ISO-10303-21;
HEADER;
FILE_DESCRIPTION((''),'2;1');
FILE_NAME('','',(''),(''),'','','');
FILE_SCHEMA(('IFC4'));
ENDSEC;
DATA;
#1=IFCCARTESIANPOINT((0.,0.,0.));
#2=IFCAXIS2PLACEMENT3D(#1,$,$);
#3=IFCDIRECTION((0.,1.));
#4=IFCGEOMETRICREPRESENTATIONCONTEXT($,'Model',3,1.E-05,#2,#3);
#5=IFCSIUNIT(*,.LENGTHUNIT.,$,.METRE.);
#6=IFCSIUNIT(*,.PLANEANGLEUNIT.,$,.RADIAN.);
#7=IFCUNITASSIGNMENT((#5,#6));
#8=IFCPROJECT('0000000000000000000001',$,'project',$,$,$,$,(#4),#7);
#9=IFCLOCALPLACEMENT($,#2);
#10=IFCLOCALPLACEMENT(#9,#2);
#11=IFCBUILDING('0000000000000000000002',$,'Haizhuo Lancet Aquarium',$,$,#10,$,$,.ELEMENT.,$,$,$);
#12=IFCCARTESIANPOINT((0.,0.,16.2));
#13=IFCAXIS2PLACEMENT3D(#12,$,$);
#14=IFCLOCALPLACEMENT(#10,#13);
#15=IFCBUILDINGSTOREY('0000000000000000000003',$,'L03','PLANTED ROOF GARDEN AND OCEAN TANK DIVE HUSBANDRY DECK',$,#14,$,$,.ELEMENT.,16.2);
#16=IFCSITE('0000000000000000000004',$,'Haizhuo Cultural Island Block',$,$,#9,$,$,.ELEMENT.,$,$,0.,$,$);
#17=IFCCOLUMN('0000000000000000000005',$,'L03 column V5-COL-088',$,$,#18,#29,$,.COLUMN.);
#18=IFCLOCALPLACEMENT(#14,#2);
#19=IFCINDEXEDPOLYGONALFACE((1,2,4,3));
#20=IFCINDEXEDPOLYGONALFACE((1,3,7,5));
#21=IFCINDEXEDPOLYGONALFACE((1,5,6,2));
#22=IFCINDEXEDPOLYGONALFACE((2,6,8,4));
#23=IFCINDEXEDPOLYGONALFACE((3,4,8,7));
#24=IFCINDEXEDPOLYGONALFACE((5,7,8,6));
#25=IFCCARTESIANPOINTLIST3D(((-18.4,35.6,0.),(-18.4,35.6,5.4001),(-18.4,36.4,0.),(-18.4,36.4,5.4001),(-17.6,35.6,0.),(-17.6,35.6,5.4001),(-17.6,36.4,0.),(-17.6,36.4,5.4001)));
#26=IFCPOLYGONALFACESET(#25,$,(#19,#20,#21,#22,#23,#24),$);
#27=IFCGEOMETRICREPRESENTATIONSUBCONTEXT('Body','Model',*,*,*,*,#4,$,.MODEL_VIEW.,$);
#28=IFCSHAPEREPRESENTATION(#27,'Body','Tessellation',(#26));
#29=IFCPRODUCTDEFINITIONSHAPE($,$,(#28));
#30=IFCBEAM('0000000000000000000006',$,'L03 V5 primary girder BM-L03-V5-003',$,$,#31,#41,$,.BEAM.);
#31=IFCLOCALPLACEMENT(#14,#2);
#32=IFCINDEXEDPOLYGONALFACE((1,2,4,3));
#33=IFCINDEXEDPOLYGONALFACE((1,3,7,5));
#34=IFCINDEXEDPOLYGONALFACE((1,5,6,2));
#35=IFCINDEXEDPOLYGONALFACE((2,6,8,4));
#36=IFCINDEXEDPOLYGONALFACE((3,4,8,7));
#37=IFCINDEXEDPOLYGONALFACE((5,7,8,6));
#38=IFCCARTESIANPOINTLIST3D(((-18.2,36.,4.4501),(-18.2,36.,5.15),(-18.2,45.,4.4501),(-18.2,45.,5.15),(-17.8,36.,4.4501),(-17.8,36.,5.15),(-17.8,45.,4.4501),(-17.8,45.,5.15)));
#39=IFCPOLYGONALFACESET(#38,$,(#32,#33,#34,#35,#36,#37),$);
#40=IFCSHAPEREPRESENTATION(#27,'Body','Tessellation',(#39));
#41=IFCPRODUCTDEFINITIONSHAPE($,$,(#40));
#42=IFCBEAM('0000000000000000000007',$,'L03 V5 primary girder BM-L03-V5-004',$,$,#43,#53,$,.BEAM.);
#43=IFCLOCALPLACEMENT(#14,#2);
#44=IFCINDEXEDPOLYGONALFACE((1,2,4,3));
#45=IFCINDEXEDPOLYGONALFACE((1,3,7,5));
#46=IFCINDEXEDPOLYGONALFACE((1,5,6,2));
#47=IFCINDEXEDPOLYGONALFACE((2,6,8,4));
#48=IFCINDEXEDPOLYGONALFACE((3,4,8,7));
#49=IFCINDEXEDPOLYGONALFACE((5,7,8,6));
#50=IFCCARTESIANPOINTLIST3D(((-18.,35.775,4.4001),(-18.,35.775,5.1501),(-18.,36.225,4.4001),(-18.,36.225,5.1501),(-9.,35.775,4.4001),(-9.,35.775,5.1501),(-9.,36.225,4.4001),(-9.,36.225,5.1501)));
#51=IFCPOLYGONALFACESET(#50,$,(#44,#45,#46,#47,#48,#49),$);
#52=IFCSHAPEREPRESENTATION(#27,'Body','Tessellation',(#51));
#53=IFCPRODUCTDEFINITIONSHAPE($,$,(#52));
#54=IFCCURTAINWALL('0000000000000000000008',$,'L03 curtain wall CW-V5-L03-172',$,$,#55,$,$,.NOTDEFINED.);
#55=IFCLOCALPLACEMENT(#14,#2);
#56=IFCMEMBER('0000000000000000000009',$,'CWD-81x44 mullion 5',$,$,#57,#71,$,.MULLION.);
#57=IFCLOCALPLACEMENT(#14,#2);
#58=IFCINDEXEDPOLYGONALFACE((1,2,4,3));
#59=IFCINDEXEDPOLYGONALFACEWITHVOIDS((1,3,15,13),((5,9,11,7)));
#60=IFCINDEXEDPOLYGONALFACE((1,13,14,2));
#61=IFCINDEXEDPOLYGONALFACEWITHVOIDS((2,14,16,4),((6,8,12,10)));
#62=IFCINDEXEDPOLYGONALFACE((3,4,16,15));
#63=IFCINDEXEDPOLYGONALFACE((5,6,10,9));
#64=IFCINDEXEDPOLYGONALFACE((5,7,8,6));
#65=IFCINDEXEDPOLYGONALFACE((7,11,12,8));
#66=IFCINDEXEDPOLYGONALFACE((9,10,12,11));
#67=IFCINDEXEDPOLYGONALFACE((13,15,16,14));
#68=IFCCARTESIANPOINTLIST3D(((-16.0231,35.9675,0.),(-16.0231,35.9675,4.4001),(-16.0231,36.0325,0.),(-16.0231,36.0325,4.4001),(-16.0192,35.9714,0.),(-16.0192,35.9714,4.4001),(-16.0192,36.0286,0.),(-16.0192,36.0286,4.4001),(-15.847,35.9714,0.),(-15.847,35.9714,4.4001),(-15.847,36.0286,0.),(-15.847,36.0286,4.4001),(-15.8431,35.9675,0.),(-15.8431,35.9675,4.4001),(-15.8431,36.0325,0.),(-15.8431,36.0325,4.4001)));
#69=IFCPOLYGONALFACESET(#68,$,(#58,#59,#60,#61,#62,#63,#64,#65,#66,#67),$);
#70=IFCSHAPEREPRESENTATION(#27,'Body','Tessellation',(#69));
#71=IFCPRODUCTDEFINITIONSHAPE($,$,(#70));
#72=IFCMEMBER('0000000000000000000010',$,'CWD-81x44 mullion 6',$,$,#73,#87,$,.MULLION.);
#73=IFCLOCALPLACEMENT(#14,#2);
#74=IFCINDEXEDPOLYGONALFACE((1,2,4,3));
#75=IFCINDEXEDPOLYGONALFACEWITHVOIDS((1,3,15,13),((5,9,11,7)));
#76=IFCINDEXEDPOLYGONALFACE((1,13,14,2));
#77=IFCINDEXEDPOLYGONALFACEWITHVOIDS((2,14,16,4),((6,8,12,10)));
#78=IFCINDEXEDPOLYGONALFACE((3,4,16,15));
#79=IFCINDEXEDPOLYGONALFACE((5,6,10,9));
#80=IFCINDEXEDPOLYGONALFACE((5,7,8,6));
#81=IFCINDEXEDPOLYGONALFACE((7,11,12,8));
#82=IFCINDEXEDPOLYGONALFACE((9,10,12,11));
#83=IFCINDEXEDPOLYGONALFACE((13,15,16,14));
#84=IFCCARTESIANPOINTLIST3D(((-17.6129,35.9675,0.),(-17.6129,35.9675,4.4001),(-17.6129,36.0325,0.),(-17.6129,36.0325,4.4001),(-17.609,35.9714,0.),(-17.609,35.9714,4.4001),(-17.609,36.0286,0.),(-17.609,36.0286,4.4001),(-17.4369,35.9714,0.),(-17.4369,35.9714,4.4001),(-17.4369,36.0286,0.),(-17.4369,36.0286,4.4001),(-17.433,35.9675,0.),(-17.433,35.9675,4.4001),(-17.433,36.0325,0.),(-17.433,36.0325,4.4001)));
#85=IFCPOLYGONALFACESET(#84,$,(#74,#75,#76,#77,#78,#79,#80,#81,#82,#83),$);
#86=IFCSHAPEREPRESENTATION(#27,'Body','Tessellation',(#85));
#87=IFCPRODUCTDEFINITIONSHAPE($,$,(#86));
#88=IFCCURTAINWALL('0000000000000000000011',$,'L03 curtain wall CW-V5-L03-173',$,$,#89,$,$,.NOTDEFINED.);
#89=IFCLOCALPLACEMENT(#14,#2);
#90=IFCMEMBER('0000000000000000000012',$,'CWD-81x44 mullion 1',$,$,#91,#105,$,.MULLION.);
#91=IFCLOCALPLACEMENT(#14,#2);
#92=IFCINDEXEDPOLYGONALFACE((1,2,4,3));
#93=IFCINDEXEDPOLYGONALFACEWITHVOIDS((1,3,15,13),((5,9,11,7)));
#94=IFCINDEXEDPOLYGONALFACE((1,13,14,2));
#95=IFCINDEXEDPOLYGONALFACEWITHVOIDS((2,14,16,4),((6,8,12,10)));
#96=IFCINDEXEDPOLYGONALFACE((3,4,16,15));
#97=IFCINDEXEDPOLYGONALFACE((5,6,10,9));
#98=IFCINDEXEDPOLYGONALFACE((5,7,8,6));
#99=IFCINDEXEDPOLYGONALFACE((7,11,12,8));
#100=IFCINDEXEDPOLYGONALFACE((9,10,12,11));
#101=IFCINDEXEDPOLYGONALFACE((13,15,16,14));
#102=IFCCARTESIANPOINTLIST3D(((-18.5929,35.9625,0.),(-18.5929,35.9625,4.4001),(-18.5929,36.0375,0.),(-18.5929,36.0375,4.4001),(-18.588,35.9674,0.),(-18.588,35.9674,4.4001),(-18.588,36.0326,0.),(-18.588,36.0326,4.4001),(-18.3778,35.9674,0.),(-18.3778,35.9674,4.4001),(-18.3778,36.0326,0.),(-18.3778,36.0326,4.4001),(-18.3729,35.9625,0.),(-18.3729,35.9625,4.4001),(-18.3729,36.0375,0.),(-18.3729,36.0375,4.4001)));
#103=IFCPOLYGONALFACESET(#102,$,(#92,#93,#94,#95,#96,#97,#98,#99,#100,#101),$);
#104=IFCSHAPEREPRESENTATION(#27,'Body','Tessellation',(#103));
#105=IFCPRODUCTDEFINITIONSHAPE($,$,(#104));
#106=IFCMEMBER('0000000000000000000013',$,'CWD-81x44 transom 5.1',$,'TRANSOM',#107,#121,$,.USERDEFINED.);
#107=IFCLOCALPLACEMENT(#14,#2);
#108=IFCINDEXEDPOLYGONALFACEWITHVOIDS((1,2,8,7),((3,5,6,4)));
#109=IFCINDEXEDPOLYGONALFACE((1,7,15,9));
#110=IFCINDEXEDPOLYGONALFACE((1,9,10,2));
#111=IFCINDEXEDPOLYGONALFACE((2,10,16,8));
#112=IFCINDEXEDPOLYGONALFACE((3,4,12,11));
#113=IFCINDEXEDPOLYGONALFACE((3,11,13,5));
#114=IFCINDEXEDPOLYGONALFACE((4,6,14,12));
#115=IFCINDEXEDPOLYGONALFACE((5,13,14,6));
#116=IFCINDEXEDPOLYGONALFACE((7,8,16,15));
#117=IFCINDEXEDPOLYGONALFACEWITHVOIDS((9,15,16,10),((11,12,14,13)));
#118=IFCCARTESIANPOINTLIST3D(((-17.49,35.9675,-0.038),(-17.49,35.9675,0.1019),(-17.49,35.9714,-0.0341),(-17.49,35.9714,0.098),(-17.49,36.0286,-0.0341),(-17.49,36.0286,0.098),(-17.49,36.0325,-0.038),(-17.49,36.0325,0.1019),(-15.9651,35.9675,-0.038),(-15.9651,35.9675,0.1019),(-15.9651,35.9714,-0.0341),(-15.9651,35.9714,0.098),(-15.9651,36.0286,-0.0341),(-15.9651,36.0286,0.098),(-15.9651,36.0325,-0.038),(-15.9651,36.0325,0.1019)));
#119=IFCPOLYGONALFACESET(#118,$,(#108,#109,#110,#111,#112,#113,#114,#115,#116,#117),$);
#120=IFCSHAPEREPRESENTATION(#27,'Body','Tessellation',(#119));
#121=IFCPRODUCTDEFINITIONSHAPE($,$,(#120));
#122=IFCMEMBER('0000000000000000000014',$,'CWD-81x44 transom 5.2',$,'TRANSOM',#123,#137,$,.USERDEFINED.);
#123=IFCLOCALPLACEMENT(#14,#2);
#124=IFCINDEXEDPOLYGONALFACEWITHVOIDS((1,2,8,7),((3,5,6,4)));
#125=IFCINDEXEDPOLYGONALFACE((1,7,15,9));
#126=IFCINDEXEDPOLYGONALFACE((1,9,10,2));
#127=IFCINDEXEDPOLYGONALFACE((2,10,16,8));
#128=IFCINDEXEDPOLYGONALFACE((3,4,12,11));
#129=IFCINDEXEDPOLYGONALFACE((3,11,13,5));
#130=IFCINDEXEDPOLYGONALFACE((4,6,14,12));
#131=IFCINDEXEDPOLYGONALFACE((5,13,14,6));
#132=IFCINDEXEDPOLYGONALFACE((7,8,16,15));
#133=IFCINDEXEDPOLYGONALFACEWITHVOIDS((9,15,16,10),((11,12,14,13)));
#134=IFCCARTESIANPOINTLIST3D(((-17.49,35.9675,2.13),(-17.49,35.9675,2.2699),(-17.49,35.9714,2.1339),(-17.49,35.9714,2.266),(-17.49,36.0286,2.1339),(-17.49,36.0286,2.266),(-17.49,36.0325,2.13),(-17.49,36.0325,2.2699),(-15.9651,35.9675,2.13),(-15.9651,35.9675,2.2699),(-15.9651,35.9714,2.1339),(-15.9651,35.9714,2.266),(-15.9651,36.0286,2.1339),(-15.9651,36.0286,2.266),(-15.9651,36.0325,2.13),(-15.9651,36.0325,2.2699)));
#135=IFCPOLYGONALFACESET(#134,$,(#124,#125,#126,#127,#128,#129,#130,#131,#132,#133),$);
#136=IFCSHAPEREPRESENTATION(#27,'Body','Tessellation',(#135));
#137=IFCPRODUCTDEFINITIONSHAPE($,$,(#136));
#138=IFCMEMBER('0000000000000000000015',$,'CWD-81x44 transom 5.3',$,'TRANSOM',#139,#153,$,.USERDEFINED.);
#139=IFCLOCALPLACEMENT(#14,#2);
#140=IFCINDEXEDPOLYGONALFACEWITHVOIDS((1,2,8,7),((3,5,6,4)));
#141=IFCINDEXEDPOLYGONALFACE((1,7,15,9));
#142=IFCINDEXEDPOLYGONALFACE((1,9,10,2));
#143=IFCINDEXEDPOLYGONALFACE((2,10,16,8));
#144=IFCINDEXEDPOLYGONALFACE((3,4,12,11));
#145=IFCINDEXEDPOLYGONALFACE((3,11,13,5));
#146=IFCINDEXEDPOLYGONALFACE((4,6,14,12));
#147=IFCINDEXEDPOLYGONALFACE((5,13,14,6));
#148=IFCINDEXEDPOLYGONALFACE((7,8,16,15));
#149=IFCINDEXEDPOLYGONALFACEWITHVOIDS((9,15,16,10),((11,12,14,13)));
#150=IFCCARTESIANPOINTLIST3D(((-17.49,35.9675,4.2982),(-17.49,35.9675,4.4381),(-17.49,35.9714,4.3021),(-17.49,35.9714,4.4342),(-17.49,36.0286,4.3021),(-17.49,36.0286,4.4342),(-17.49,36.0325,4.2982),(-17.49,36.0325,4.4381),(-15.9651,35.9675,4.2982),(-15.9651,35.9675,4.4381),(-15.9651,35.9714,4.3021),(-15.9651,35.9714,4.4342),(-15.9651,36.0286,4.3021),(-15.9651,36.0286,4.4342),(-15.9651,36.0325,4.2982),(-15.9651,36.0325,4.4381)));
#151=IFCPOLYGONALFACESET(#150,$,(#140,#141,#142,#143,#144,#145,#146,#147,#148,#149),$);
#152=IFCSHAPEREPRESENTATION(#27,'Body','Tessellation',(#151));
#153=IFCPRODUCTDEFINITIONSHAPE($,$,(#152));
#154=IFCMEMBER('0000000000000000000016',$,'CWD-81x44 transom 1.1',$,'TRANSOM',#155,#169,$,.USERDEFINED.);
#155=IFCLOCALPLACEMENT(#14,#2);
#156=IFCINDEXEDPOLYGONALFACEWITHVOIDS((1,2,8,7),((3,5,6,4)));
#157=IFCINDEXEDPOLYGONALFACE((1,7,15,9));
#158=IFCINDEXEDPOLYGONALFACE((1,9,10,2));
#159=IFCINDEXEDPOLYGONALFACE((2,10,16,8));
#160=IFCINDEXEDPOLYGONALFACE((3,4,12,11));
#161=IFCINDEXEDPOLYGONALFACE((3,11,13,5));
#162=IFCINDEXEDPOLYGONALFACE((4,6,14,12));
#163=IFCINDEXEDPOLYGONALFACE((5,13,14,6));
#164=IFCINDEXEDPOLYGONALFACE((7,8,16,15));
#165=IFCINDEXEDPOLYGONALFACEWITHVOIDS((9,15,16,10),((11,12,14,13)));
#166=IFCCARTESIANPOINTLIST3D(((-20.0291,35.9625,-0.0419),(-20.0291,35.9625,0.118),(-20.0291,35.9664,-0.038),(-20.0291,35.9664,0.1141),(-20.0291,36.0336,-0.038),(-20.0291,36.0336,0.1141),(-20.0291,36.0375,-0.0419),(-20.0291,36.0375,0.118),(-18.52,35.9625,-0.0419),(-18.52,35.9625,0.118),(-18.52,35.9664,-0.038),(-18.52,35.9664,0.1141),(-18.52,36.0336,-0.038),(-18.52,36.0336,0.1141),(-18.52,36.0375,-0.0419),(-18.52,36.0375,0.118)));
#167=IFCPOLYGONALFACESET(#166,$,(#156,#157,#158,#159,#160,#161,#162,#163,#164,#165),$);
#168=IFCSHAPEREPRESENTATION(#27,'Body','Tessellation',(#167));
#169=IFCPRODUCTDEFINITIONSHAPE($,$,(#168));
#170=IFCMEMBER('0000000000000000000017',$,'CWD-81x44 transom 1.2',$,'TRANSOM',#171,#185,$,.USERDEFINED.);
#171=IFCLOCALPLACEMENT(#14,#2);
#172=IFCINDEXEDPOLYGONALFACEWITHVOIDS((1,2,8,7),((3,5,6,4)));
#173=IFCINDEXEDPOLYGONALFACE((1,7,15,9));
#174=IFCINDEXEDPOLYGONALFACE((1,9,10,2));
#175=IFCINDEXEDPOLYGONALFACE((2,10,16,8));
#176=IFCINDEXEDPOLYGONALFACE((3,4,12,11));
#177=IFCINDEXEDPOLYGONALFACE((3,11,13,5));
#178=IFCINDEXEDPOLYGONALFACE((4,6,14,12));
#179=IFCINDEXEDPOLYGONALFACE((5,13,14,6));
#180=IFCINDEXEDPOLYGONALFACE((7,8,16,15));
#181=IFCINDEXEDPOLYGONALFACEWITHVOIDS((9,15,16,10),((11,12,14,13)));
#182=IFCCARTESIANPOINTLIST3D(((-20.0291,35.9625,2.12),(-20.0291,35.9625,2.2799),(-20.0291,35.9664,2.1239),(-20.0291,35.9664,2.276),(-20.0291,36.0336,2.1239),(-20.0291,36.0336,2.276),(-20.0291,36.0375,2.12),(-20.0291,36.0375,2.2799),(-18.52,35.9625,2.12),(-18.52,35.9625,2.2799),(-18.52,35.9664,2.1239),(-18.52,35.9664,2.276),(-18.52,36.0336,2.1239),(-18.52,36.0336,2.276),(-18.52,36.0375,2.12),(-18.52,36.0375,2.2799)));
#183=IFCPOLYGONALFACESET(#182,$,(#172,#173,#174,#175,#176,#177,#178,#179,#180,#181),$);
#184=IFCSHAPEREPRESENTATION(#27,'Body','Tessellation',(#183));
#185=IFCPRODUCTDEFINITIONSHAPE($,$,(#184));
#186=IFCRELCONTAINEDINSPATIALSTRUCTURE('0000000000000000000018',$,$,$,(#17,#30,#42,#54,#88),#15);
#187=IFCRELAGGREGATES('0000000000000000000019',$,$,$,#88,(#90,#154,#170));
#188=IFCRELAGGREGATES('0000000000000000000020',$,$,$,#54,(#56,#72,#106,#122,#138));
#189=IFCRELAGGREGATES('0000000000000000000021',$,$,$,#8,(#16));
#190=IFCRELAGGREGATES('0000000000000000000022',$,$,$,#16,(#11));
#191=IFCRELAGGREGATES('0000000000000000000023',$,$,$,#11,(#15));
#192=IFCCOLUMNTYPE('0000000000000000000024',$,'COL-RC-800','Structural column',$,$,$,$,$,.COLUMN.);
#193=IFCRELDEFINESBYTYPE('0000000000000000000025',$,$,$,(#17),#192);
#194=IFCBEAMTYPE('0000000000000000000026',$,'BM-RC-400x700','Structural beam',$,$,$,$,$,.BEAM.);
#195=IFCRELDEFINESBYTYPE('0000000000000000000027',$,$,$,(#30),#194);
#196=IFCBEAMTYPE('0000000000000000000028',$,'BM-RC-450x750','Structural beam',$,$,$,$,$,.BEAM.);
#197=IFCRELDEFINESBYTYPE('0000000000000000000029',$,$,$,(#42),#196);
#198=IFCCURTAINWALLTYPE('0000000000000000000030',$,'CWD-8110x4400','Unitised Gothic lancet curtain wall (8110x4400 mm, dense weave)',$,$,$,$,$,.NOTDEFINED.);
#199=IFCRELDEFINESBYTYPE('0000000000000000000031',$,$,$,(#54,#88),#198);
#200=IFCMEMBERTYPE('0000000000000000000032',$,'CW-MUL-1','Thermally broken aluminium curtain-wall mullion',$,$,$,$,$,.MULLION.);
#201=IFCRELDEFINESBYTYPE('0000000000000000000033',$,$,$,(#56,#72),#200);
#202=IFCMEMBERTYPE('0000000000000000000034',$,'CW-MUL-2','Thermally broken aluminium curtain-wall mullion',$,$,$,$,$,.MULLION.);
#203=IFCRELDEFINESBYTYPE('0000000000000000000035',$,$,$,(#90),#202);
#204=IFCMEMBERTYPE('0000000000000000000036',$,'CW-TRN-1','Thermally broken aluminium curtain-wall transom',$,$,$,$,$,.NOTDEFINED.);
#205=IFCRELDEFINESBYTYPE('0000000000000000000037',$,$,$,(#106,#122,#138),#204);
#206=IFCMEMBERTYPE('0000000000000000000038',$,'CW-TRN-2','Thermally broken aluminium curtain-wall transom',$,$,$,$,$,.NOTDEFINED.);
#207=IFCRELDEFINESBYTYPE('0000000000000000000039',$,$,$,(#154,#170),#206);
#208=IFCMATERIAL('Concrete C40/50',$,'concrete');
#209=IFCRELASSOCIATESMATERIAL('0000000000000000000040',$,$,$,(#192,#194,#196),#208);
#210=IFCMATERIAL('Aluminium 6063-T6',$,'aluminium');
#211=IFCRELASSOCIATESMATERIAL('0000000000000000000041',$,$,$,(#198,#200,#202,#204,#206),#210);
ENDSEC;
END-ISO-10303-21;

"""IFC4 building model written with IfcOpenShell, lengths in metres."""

from ifc_helpers import new_model, si_unit, direction, frame, origin, origin_2d, place, context, subcontext, project, spatial, rectangle, hollow_rectangle, extrude, material, material_profile, profile_set, type_object, element, aggregate, save


model = new_model("IFC4")

# Units and contexts
model_context = context("Model", 3, precision=1e-05, world=origin(), true_north=direction((0.0, 1.0)))
body_context = subcontext(model_context, "Body", "Model", "MODEL_VIEW")
ifc_project = project(units=[si_unit("LENGTHUNIT", "METRE"), si_unit("PLANEANGLEUNIT", "RADIAN")], contexts=[model_context])

# Site, building, storey
site_placement = place(None, origin())
site = spatial("IfcSite", under=ifc_project, at=site_placement, Name="Haizhuo Cultural Island Block", CompositionType="ELEMENT", RefElevation=0.0)
building_placement = place(site_placement, origin())
building = spatial("IfcBuilding", under=site, at=building_placement, Name="Haizhuo Lancet Aquarium", CompositionType="ELEMENT")
storey_placement = place(building_placement, frame((0.0, 0.0, 16.2)))
storey = spatial("IfcBuildingStorey", under=building, at=storey_placement, Name="L03", Description="PLANTED ROOF GARDEN AND OCEAN TANK DIVE HUSBANDRY DECK", CompositionType="ELEMENT", Elevation=16.2)

# Column
ifc_material_1 = material(Name="Concrete C40/50", Category="concrete")
ifc_material_profile_1 = material_profile(ifc_material_1, rectangle(XDim=0.8, YDim=0.8, at=origin_2d()), Name="RC-COL 800x800")
ifc_profile_set_1 = profile_set([ifc_material_profile_1], Name="Concrete C40/50")
column_type = type_object("IfcColumnType", Name="COL-RC-800", Description="Structural column", PredefinedType="COLUMN", material=ifc_profile_set_1)
column_placement = place(storey_placement, frame((-18.0, 36.0, 0.0), z_axis=(0.0, 0.0, 1.0), x_axis=(1.0, 0.0, 0.0)))
element("IfcColumn", 1, at=column_placement, inside=storey, type_object=column_type, Name="L03 column V5-COL-088", PredefinedType="COLUMN", context=body_context, shape_type="SweptSolid", body=[
    extrude(rectangle(XDim=0.8, YDim=0.8, at=origin_2d()), origin(), (0.0, 0.0, 1.0), 5.4001),
])

# Beams
ifc_material_profile_2 = material_profile(ifc_material_1, rectangle(XDim=0.3999, YDim=0.7, at=origin_2d()), Name="RC-BM 400x700")
ifc_profile_set_2 = profile_set([ifc_material_profile_2], Name="Concrete C40/50")
beam_type_1 = type_object("IfcBeamType", Name="BM-RC-400x700", Description="Structural beam", PredefinedType="BEAM", material=ifc_profile_set_2)
beam_1_placement = place(storey_placement, frame((-18.0, 36.0, 4.8), z_axis=(0.0, 1.0, 0.0), x_axis=(-1.0, 0.0, 0.0)))
element("IfcBeam", 2, at=beam_1_placement, inside=storey, type_object=beam_type_1, Name="L03 V5 primary girder BM-L03-V5-003", PredefinedType="BEAM", context=body_context, shape_type="SweptSolid", body=[
    extrude(rectangle(XDim=0.3999, YDim=0.7, at=origin_2d()), origin(), (0.0, 0.0, 1.0), 9.0),
])
ifc_material_profile_3 = material_profile(ifc_material_1, rectangle(XDim=0.45, YDim=0.75, at=origin_2d()), Name="RC-BM 450x750")
ifc_profile_set_3 = profile_set([ifc_material_profile_3], Name="Concrete C40/50")
beam_type_2 = type_object("IfcBeamType", Name="BM-RC-450x750", Description="Structural beam", PredefinedType="BEAM", material=ifc_profile_set_3)
beam_2_placement = place(storey_placement, frame((-18.0, 36.0, 4.7751), z_axis=(1.0, 0.0, 0.0), x_axis=(0.0, 1.0, 0.0)))
element("IfcBeam", 3, at=beam_2_placement, inside=storey, type_object=beam_type_2, Name="L03 V5 primary girder BM-L03-V5-004", PredefinedType="BEAM", context=body_context, shape_type="SweptSolid", body=[
    extrude(rectangle(XDim=0.45, YDim=0.75, at=origin_2d()), origin(), (0.0, 0.0, 1.0), 9.0),
])

# Curtain wall, members
ifc_material_2 = material(Name="Aluminium 6063-T6", Category="aluminium")
curtain_wall_type = type_object("IfcCurtainWallType", Name="CWD-8110x4400", Description="Unitised Gothic lancet curtain wall (8110x4400 mm, dense weave)", PredefinedType="NOTDEFINED", material=ifc_material_2)
curtain_wall_1_placement = place(storey_placement, origin())
curtain_wall_1 = element("IfcCurtainWall", 4, at=curtain_wall_1_placement, inside=storey, type_object=curtain_wall_type, Name="L03 curtain wall CW-V5-L03-172", PredefinedType="NOTDEFINED")
ifc_material_profile_4 = material_profile(ifc_material_2, hollow_rectangle(XDim=0.0649, YDim=0.1799, WallThickness=0.0039, at=origin_2d()), Name="ALU-M 65x180x4")
ifc_profile_set_4 = profile_set([ifc_material_profile_4], Name="Aluminium 6063-T6")
member_type_1 = type_object("IfcMemberType", Name="CW-MUL-1", Description="Thermally broken aluminium curtain-wall mullion", PredefinedType="MULLION", material=ifc_profile_set_4)
member_1_placement = place(storey_placement, frame((-15.9331, 36.0, 0.0), z_axis=(0.0, 0.0, 1.0), x_axis=(0.0, -1.0, 0.0)))
member_1 = element("IfcMember", 5, at=member_1_placement, type_object=member_type_1, Name="CWD-81x44 mullion 5", PredefinedType="MULLION", context=body_context, shape_type="SweptSolid", body=[
    extrude(hollow_rectangle(XDim=0.0649, YDim=0.1799, WallThickness=0.0039, at=origin_2d()), origin(), (0.0, 0.0, 1.0), 4.4001),
])
member_2_placement = place(storey_placement, frame((-17.5229, 36.0, 0.0), z_axis=(0.0, 0.0, 1.0), x_axis=(0.0, -1.0, 0.0)))
member_2 = element("IfcMember", 6, at=member_2_placement, type_object=member_type_1, Name="CWD-81x44 mullion 6", PredefinedType="MULLION", context=body_context, shape_type="SweptSolid", body=[
    extrude(hollow_rectangle(XDim=0.0649, YDim=0.1799, WallThickness=0.0039, at=origin_2d()), origin(), (0.0, 0.0, 1.0), 4.4001),
])

# Curtain wall, member
curtain_wall_2_placement = place(storey_placement, origin())
curtain_wall_2 = element("IfcCurtainWall", 7, at=curtain_wall_2_placement, inside=storey, type_object=curtain_wall_type, Name="L03 curtain wall CW-V5-L03-173", PredefinedType="NOTDEFINED")
ifc_material_profile_5 = material_profile(ifc_material_2, hollow_rectangle(XDim=0.075, YDim=0.22, WallThickness=0.0049, at=origin_2d()), Name="ALU-M 75x220x5")
ifc_profile_set_5 = profile_set([ifc_material_profile_5], Name="Aluminium 6063-T6")
member_type_2 = type_object("IfcMemberType", Name="CW-MUL-2", Description="Thermally broken aluminium curtain-wall mullion", PredefinedType="MULLION", material=ifc_profile_set_5)
member_3_placement = place(storey_placement, frame((-18.4829, 36.0, 0.0), z_axis=(0.0, 0.0, 1.0), x_axis=(0.0, -1.0, 0.0)))
member_3 = element("IfcMember", 8, at=member_3_placement, type_object=member_type_2, Name="CWD-81x44 mullion 1", PredefinedType="MULLION", context=body_context, shape_type="SweptSolid", body=[
    extrude(hollow_rectangle(XDim=0.075, YDim=0.22, WallThickness=0.0049, at=origin_2d()), origin(), (0.0, 0.0, 1.0), 4.4001),
])

# Members
ifc_material_profile_6 = material_profile(ifc_material_2, hollow_rectangle(XDim=0.0649, YDim=0.1399, WallThickness=0.0039, at=origin_2d()), Name="ALU-T 65x140x4")
ifc_profile_set_6 = profile_set([ifc_material_profile_6], Name="Aluminium 6063-T6")
member_type_3 = type_object("IfcMemberType", Name="CW-TRN-1", Description="Thermally broken aluminium curtain-wall transom", PredefinedType="NOTDEFINED", material=ifc_profile_set_6)
member_4_placement = place(storey_placement, frame((-15.9651, 36.0, 0.032), z_axis=(-1.0, 0.0, 0.0), x_axis=(0.0, -1.0, 0.0)))
member_4 = element("IfcMember", 9, at=member_4_placement, type_object=member_type_3, Name="CWD-81x44 transom 5.1", ObjectType="TRANSOM", PredefinedType="USERDEFINED", context=body_context, shape_type="SweptSolid", body=[
    extrude(hollow_rectangle(XDim=0.0649, YDim=0.1399, WallThickness=0.0039, at=origin_2d()), origin(), (0.0, 0.0, 1.0), 1.5249),
])
member_5_placement = place(storey_placement, frame((-15.9651, 36.0, 2.2), z_axis=(-1.0, 0.0, 0.0), x_axis=(0.0, -1.0, 0.0)))
member_5 = element("IfcMember", 10, at=member_5_placement, type_object=member_type_3, Name="CWD-81x44 transom 5.2", ObjectType="TRANSOM", PredefinedType="USERDEFINED", context=body_context, shape_type="SweptSolid", body=[
    extrude(hollow_rectangle(XDim=0.0649, YDim=0.1399, WallThickness=0.0039, at=origin_2d()), origin(), (0.0, 0.0, 1.0), 1.5249),
])
member_6_placement = place(storey_placement, frame((-15.9651, 36.0, 4.3682), z_axis=(-1.0, 0.0, 0.0), x_axis=(0.0, -1.0, 0.0)))
member_6 = element("IfcMember", 11, at=member_6_placement, type_object=member_type_3, Name="CWD-81x44 transom 5.3", ObjectType="TRANSOM", PredefinedType="USERDEFINED", context=body_context, shape_type="SweptSolid", body=[
    extrude(hollow_rectangle(XDim=0.0649, YDim=0.1399, WallThickness=0.0039, at=origin_2d()), origin(), (0.0, 0.0, 1.0), 1.5249),
])
ifc_material_profile_7 = material_profile(ifc_material_2, hollow_rectangle(XDim=0.075, YDim=0.1599, WallThickness=0.0039, at=origin_2d()), Name="ALU-T 75x160x4")
ifc_profile_set_7 = profile_set([ifc_material_profile_7], Name="Aluminium 6063-T6")
member_type_4 = type_object("IfcMemberType", Name="CW-TRN-2", Description="Thermally broken aluminium curtain-wall transom", PredefinedType="NOTDEFINED", material=ifc_profile_set_7)
member_7_placement = place(storey_placement, frame((-18.52, 36.0, 0.0381), z_axis=(-1.0, 0.0, 0.0), x_axis=(0.0, -1.0, 0.0)))
member_7 = element("IfcMember", 12, at=member_7_placement, type_object=member_type_4, Name="CWD-81x44 transom 1.1", ObjectType="TRANSOM", PredefinedType="USERDEFINED", context=body_context, shape_type="SweptSolid", body=[
    extrude(hollow_rectangle(XDim=0.075, YDim=0.1599, WallThickness=0.0039, at=origin_2d()), origin(), (0.0, 0.0, 1.0), 1.509),
])
member_8_placement = place(storey_placement, frame((-18.52, 36.0, 2.2), z_axis=(-1.0, 0.0, 0.0), x_axis=(0.0, -1.0, 0.0)))
member_8 = element("IfcMember", 13, at=member_8_placement, type_object=member_type_4, Name="CWD-81x44 transom 1.2", ObjectType="TRANSOM", PredefinedType="USERDEFINED", context=body_context, shape_type="SweptSolid", body=[
    extrude(hollow_rectangle(XDim=0.075, YDim=0.1599, WallThickness=0.0039, at=origin_2d()), origin(), (0.0, 0.0, 1.0), 1.509),
])

aggregate(curtain_wall_2, [member_3, member_7, member_8])
aggregate(curtain_wall_1, [member_1, member_2, member_4, member_5, member_6])

save(model, "model.ifc")
